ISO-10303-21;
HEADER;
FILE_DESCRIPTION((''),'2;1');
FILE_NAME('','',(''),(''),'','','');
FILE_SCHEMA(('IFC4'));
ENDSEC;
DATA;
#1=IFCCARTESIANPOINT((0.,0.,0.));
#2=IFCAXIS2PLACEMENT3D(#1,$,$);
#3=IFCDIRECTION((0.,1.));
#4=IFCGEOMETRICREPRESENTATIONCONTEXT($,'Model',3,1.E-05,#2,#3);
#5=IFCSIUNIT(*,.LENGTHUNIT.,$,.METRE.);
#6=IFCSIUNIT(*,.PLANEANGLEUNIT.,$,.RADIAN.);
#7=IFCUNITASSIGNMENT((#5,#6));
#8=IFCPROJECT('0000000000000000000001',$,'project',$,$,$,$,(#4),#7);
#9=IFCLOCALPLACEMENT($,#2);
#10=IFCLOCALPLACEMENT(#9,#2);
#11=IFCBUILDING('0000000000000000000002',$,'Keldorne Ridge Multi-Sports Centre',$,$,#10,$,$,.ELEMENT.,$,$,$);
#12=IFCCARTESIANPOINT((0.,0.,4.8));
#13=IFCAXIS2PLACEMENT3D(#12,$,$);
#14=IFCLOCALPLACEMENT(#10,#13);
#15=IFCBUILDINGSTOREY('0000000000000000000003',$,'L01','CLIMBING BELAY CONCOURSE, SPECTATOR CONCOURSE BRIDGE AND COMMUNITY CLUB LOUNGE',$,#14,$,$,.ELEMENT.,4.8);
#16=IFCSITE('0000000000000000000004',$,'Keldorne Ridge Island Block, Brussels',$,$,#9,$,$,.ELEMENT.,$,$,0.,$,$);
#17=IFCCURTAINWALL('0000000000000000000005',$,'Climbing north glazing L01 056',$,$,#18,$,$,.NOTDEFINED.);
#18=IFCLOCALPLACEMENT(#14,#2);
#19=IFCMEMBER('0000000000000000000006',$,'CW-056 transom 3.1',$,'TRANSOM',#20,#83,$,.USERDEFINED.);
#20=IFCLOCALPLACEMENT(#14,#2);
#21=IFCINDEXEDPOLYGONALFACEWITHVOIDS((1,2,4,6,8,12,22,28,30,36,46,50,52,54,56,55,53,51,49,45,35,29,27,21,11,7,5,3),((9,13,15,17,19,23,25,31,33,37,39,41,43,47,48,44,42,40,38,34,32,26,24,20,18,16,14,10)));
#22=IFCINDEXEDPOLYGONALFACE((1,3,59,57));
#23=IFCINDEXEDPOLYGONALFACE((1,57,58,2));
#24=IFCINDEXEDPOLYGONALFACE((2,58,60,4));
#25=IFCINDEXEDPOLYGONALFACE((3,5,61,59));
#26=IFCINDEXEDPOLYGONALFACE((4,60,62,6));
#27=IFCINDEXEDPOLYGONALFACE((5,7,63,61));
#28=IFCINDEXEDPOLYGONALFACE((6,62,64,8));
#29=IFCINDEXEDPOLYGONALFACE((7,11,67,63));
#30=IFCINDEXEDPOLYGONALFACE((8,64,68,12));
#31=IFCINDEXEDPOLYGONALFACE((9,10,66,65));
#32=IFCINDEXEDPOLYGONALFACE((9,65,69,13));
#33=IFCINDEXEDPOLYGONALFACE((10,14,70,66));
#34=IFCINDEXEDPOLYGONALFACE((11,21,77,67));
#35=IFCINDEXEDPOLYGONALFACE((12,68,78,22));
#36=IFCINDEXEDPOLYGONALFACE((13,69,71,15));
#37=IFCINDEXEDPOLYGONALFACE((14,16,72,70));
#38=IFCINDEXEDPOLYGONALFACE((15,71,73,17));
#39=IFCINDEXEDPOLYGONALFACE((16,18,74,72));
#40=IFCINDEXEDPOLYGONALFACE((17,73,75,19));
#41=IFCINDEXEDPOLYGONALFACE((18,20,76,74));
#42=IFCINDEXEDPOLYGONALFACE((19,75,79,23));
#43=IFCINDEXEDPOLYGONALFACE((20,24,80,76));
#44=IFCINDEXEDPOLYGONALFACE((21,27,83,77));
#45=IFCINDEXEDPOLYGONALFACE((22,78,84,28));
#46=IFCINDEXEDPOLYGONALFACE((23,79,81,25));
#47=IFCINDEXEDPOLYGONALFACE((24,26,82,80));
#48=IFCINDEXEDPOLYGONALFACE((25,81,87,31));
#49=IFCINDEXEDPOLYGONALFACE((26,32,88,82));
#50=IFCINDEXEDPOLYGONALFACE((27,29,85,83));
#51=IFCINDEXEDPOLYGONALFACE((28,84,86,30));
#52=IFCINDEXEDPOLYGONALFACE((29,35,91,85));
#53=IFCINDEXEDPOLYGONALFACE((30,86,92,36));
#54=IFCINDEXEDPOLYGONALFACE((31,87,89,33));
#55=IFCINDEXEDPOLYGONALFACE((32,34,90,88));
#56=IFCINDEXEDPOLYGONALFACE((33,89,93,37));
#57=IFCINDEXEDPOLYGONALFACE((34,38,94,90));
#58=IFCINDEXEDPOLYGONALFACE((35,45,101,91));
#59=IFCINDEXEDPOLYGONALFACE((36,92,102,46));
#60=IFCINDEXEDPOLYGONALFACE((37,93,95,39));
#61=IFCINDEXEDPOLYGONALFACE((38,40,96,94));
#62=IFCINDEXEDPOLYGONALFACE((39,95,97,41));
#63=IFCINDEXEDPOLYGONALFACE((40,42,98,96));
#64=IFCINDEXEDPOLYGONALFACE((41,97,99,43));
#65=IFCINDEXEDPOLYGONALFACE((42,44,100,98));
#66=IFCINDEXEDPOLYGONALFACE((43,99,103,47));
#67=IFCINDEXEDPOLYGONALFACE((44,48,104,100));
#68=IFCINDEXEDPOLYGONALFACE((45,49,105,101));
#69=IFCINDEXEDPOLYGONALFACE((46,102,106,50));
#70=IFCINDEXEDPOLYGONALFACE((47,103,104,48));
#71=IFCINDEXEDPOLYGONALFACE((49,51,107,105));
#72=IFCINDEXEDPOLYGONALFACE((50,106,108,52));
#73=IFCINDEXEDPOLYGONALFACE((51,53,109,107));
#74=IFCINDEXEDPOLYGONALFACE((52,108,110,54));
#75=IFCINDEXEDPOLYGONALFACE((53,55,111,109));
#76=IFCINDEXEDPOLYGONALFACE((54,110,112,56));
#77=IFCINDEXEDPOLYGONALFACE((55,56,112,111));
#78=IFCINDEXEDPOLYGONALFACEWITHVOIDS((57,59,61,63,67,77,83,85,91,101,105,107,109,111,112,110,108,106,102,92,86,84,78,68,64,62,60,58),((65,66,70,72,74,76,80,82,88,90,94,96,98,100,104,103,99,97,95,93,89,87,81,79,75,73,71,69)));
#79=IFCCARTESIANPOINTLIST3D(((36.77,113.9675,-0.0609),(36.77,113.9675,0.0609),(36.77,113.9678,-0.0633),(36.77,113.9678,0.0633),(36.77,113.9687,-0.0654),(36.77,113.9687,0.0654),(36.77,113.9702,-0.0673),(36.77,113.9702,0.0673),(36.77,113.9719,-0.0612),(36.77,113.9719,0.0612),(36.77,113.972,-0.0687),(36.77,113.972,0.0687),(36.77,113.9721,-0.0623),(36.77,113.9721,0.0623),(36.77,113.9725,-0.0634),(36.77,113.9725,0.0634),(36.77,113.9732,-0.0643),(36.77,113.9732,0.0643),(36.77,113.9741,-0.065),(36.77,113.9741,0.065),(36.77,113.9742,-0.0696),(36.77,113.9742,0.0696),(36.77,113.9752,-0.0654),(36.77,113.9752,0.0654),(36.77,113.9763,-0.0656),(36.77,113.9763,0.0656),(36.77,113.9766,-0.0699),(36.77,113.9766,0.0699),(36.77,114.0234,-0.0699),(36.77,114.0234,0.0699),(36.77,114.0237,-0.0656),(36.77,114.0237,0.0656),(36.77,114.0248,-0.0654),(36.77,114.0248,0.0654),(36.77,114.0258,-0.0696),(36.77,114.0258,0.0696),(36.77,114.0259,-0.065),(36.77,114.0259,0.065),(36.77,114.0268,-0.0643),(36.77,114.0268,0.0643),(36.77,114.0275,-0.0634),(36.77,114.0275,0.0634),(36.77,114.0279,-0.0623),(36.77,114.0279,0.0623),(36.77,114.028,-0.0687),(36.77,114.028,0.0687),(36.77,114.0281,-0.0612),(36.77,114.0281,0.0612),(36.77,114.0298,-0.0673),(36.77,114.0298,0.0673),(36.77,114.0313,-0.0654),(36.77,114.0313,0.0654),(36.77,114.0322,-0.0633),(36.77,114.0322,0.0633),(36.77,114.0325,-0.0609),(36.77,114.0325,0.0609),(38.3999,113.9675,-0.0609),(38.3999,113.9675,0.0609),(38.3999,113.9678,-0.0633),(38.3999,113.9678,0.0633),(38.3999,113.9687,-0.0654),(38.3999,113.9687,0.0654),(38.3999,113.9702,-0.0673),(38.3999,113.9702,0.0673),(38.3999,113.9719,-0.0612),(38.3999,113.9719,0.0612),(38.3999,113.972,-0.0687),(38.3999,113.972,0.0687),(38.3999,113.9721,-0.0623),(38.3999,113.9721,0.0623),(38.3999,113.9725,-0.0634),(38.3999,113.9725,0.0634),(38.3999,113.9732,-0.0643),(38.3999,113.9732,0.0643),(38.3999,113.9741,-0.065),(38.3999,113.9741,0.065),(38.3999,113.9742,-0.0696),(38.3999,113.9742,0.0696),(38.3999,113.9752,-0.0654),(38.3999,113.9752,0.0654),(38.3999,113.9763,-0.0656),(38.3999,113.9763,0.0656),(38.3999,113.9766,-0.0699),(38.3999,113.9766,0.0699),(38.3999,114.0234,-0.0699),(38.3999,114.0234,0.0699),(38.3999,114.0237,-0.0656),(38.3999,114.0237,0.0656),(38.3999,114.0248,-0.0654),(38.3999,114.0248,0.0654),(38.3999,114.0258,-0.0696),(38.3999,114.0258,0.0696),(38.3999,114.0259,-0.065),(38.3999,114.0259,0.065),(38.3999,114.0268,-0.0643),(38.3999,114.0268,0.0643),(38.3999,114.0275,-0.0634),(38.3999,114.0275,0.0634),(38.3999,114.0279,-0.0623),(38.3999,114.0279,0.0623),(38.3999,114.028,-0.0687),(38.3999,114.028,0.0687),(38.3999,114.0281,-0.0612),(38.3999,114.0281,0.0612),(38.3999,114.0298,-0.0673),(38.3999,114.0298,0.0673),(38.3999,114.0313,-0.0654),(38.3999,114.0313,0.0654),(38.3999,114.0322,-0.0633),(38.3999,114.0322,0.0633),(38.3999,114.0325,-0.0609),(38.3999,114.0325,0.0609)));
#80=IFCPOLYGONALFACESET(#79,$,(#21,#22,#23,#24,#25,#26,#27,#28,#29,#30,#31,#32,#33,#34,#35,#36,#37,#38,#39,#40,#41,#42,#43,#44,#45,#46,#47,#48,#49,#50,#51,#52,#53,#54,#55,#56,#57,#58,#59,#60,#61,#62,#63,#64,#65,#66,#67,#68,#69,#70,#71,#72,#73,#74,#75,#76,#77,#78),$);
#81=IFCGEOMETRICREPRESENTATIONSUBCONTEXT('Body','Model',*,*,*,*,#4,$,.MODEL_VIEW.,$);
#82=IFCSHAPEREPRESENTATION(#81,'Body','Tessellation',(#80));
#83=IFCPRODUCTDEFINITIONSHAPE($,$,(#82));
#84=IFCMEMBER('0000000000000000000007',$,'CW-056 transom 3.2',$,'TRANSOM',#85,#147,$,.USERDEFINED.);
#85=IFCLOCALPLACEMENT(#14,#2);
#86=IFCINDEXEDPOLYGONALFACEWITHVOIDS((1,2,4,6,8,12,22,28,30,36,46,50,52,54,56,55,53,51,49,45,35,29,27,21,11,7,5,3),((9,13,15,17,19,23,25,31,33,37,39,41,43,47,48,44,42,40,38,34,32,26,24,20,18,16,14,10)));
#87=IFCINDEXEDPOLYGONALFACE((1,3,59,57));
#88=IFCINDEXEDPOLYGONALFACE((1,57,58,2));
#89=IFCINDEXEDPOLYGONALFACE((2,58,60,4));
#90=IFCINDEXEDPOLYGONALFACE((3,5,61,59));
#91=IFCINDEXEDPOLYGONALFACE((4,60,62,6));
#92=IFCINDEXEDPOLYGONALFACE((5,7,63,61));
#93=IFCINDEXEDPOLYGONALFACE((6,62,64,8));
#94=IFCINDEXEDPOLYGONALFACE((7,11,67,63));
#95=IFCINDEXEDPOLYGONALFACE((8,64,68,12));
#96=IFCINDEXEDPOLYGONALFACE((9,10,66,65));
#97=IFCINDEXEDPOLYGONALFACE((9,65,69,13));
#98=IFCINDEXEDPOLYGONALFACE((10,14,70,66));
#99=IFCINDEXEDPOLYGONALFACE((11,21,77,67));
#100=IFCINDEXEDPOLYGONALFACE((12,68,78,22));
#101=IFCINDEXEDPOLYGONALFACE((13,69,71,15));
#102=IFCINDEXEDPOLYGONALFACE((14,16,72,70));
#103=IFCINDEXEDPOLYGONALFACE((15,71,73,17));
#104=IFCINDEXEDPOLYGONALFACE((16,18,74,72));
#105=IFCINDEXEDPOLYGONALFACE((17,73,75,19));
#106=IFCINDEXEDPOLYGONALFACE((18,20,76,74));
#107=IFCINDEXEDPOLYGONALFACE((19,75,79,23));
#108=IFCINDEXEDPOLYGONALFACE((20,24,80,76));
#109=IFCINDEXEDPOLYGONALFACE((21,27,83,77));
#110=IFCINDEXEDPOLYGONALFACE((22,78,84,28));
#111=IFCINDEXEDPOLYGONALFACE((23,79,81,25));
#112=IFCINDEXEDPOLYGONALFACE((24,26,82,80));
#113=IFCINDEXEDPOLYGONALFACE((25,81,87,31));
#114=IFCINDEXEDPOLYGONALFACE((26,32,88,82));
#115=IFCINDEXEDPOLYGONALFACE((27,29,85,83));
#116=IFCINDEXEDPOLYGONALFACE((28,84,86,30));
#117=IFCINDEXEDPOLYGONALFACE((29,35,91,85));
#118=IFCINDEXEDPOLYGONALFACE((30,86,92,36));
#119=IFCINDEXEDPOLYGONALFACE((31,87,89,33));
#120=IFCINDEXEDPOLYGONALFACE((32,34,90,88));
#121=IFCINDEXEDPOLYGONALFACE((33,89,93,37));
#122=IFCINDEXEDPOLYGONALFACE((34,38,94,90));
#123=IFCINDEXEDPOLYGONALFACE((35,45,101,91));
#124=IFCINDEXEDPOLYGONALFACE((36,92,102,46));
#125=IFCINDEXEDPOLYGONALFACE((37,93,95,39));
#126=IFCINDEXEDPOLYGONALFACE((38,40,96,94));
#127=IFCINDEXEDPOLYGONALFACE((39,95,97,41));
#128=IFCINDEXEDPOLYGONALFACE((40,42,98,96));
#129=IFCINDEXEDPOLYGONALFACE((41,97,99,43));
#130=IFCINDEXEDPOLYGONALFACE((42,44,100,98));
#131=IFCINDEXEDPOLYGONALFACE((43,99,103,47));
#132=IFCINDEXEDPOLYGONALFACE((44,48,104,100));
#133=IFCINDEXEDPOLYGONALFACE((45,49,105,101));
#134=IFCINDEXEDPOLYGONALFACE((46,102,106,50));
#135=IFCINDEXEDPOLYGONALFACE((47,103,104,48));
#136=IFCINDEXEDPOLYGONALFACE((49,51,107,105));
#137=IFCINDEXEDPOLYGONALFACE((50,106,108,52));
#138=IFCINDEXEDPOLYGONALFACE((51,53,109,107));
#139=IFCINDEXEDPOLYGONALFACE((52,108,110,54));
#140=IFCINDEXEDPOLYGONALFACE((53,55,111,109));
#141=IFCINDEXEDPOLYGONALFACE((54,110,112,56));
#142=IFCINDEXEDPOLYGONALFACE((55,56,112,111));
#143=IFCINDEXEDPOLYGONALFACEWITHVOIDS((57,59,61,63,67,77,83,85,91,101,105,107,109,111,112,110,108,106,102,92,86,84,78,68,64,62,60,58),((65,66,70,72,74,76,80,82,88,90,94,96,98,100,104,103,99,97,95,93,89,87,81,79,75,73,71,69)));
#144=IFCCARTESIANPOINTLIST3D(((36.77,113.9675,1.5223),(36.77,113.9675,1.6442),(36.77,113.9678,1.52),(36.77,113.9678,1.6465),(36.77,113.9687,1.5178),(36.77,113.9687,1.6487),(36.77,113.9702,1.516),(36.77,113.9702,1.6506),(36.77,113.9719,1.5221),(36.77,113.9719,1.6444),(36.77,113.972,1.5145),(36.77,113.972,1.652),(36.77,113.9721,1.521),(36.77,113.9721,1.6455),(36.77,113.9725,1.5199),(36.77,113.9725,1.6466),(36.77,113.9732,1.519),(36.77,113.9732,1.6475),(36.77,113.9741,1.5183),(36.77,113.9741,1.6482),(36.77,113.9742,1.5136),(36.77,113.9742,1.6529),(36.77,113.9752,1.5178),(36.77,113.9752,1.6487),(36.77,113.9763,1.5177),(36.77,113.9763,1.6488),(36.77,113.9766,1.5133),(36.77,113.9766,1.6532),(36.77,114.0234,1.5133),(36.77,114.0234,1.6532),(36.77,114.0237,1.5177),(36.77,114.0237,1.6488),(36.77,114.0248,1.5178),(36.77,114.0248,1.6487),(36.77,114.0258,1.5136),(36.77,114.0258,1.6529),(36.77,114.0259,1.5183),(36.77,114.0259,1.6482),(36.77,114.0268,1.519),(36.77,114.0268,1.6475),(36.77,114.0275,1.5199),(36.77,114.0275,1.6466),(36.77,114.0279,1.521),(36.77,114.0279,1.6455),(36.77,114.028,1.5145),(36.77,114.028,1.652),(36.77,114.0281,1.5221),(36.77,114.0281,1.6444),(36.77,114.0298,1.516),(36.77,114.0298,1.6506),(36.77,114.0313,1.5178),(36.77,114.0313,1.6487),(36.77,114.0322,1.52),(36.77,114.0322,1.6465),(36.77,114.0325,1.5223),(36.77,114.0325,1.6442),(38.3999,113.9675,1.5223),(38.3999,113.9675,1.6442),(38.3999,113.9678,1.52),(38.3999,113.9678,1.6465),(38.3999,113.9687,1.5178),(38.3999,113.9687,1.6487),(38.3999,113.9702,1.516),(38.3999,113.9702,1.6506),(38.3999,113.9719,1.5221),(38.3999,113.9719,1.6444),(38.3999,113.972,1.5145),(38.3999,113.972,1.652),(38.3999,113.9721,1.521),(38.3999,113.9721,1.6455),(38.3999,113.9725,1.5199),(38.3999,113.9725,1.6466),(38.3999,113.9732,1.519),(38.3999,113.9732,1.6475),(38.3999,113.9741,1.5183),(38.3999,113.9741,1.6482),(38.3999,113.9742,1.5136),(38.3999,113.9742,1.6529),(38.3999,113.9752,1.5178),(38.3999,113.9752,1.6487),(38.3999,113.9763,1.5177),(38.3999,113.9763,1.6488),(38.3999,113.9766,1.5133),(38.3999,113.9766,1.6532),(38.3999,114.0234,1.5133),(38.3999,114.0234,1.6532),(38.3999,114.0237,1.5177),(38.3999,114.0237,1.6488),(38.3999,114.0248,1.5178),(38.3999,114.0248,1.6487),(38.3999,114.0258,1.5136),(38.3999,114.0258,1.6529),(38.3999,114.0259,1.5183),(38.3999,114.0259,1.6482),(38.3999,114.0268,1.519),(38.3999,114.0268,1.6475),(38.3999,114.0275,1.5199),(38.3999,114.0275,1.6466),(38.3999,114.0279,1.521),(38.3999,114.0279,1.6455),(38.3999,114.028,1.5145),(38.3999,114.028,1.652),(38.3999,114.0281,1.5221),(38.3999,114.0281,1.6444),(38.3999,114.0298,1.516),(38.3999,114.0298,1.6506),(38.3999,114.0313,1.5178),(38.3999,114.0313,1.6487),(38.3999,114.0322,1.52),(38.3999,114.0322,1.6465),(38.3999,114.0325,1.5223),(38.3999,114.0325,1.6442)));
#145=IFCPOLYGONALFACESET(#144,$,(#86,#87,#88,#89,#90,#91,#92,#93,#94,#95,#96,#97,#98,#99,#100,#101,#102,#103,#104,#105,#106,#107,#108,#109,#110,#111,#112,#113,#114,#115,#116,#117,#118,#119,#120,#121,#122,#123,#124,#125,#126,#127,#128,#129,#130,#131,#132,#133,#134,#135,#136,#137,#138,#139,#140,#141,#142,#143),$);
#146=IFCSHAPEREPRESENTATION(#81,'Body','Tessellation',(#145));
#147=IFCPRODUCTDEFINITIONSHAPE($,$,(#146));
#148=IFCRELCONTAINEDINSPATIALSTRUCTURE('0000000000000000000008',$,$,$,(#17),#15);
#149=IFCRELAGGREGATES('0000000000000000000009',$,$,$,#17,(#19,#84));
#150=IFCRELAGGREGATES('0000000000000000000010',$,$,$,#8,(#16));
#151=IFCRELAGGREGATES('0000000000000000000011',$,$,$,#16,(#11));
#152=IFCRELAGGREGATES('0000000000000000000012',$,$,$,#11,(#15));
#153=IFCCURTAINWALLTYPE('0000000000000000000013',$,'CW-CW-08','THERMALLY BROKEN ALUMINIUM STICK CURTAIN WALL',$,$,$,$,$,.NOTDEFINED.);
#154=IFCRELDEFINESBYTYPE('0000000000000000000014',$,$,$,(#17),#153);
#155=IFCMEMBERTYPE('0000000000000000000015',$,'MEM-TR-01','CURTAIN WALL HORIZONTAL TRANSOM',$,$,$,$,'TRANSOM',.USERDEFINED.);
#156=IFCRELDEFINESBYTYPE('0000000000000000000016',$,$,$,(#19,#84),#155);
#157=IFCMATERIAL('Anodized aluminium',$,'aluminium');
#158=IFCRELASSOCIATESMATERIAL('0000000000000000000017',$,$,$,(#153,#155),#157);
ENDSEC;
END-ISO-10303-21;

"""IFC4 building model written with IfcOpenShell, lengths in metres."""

from ifc_helpers import new_model, si_unit, direction, frame, origin, origin_2d, place, context, subcontext, project, spatial, hollow_rectangle, extrude, material, material_profile, profile_set, type_object, element, aggregate, save


model = new_model("IFC4")

# Units and contexts
model_context = context("Model", 3, precision=1e-05, world=origin(), true_north=direction((0.0, 1.0)))
body_context = subcontext(model_context, "Body", "Model", "MODEL_VIEW")
ifc_project = project(units=[si_unit("LENGTHUNIT", "METRE"), si_unit("PLANEANGLEUNIT", "RADIAN")], contexts=[model_context])

# Site, building, storey
site_placement = place(None, origin())
site = spatial("IfcSite", under=ifc_project, at=site_placement, Name="Keldorne Ridge Island Block, Brussels", CompositionType="ELEMENT", RefElevation=0.0)
building_placement = place(site_placement, origin())
building = spatial("IfcBuilding", under=site, at=building_placement, Name="Keldorne Ridge Multi-Sports Centre", CompositionType="ELEMENT")
storey_placement = place(building_placement, frame((0.0, 0.0, 4.8)))
storey = spatial("IfcBuildingStorey", under=building, at=storey_placement, Name="L01", Description="CLIMBING BELAY CONCOURSE, SPECTATOR CONCOURSE BRIDGE AND COMMUNITY CLUB LOUNGE", CompositionType="ELEMENT", Elevation=4.8)

# Curtain wall, members
ifc_material_1 = material(Name="Anodized aluminium", Category="aluminium")
curtain_wall_type = type_object("IfcCurtainWallType", Name="CW-CW-08", Description="THERMALLY BROKEN ALUMINIUM STICK CURTAIN WALL", PredefinedType="NOTDEFINED", material=ifc_material_1)
curtain_wall_placement = place(storey_placement, origin())
curtain_wall = element("IfcCurtainWall", 1, at=curtain_wall_placement, inside=storey, type_object=curtain_wall_type, Name="Climbing north glazing L01 056", PredefinedType="NOTDEFINED")
ifc_material_profile_1 = material_profile(ifc_material_1, hollow_rectangle(XDim=0.0649, YDim=0.1399, WallThickness=0.0044, InnerFilletRadius=0.0044, OuterFilletRadius=0.009, at=origin_2d()), Name="ALU TRANSOM 140x65x4.5")
ifc_profile_set_1 = profile_set([ifc_material_profile_1], Name="Anodized aluminium")
member_type_1 = type_object("IfcMemberType", Name="MEM-TR-01", Description="CURTAIN WALL HORIZONTAL TRANSOM", ElementType="TRANSOM", PredefinedType="USERDEFINED", material=ifc_profile_set_1)
member_1_placement = place(storey_placement, frame((38.3999, 114.0, 0.0), z_axis=(-1.0, 0.0, 0.0), x_axis=(0.0, -1.0, 0.0)))
member_1 = element("IfcMember", 2, at=member_1_placement, type_object=member_type_1, Name="CW-056 transom 3.1", ObjectType="TRANSOM", PredefinedType="USERDEFINED", context=body_context, shape_type="SweptSolid", body=[
    extrude(hollow_rectangle(XDim=0.0649, YDim=0.1399, WallThickness=0.0044, InnerFilletRadius=0.0044, OuterFilletRadius=0.009, at=origin_2d()), origin(), (0.0, 0.0, 1.0), 1.6299),
])
member_2_placement = place(storey_placement, frame((38.3999, 114.0, 1.5833), z_axis=(-1.0, 0.0, 0.0), x_axis=(0.0, -1.0, 0.0)))
member_2 = element("IfcMember", 3, at=member_2_placement, type_object=member_type_1, Name="CW-056 transom 3.2", ObjectType="TRANSOM", PredefinedType="USERDEFINED", context=body_context, shape_type="SweptSolid", body=[
    extrude(hollow_rectangle(XDim=0.0649, YDim=0.1399, WallThickness=0.0044, InnerFilletRadius=0.0044, OuterFilletRadius=0.009, at=origin_2d()), origin(), (0.0, 0.0, 1.0), 1.6299),
])
aggregate(curtain_wall, [member_1, member_2])

save(model, "model.ifc")
